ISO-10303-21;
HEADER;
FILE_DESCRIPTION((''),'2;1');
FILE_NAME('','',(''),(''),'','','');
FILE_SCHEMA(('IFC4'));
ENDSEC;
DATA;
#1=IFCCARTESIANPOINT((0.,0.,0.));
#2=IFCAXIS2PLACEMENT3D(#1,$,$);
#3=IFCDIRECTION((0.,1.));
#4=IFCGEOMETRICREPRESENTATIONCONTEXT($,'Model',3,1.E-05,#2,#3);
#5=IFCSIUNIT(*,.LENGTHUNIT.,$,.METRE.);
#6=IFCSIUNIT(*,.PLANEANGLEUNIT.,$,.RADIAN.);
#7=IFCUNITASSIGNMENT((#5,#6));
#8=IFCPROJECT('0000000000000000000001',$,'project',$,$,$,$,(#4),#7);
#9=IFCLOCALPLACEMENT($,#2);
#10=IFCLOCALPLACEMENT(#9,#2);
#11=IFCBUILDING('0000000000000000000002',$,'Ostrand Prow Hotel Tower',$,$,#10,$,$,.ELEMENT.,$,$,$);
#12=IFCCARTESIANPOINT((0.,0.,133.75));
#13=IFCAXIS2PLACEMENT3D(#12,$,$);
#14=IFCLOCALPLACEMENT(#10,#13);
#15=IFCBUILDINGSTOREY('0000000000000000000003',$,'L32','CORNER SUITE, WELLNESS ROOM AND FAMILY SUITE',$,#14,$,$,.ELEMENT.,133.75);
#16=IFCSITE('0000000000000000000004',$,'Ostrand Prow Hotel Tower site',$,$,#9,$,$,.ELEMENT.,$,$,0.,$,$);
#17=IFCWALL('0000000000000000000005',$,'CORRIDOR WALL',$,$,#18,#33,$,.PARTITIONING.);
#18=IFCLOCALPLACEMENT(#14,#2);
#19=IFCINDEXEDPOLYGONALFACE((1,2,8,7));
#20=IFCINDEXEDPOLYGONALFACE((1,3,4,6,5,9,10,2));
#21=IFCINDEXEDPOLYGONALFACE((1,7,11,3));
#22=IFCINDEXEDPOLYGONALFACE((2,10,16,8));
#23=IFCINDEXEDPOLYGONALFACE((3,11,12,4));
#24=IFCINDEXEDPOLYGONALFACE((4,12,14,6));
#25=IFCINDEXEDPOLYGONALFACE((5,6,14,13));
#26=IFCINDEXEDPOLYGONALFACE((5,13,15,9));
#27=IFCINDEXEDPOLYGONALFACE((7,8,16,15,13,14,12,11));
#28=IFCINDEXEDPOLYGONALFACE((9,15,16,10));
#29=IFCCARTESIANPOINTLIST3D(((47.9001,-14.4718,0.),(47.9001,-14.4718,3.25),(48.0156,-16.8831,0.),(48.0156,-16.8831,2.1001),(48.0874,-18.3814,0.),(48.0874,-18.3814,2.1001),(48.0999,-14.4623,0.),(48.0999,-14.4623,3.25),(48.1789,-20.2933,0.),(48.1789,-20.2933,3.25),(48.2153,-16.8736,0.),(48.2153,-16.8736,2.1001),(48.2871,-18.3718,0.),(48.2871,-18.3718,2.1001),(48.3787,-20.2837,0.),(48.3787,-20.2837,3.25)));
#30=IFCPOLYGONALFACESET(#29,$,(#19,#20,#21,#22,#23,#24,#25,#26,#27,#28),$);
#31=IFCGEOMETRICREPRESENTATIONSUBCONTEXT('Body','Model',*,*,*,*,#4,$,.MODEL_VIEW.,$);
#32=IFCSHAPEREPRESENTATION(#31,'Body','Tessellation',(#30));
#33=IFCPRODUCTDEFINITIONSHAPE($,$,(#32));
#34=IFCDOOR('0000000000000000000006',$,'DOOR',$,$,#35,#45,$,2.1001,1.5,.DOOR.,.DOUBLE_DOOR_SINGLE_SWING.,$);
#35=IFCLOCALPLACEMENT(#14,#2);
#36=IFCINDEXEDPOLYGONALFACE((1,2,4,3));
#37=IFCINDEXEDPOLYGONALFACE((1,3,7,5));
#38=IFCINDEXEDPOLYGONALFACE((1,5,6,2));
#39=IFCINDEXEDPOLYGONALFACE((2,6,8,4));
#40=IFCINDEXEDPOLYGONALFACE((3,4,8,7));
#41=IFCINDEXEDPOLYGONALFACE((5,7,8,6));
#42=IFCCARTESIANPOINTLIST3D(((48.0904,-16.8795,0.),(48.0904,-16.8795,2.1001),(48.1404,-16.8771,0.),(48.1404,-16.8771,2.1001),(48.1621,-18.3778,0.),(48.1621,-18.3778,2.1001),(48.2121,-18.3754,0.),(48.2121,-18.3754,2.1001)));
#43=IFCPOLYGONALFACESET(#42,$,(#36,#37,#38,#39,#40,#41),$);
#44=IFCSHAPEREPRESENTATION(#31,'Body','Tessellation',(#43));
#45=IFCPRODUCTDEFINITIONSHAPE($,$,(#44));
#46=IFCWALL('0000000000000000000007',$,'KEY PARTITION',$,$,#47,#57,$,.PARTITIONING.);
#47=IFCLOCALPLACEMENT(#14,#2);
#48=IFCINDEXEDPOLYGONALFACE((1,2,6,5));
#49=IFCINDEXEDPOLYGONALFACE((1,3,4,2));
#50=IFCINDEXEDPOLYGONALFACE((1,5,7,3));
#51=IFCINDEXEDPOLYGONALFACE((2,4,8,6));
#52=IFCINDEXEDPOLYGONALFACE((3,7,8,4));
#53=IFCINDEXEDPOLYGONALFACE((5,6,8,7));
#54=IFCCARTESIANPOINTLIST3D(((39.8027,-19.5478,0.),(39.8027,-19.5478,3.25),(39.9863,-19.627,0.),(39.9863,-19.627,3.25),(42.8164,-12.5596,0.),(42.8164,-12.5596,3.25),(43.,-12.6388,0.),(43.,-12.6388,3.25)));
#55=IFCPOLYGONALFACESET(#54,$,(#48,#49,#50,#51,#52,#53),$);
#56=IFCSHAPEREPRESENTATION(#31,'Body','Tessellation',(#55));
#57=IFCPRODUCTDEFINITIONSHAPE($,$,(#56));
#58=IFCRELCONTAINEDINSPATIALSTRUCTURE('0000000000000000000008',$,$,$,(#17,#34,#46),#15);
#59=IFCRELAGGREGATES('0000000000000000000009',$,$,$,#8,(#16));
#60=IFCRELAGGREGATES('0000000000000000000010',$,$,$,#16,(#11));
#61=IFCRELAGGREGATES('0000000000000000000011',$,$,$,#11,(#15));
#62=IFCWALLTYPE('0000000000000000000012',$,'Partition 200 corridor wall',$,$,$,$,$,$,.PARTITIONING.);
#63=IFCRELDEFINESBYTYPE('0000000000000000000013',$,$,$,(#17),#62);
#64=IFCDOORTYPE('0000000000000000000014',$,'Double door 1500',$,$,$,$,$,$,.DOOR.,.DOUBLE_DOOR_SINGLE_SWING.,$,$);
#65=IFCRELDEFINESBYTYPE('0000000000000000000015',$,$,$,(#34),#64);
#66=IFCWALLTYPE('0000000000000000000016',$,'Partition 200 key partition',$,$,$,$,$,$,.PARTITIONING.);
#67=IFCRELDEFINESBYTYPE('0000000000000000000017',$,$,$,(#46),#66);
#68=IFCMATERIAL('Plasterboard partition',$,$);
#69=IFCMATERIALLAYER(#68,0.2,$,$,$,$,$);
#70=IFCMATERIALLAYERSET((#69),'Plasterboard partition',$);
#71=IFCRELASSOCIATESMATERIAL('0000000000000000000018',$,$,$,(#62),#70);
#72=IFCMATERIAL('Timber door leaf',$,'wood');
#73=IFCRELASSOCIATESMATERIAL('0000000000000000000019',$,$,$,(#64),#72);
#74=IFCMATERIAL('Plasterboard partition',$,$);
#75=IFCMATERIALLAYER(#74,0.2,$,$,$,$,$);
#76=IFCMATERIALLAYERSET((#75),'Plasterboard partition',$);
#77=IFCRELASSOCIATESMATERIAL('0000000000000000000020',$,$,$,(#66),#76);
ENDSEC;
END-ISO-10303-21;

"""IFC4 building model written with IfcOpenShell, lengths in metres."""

from ifc_helpers import new_model, si_unit, direction, frame, frame_2d, origin, place, context, subcontext, project, spatial, rectangle, extrude, material, layer, layer_set, type_object, element, fill, save


model = new_model("IFC4")

# Units and contexts
model_context = context("Model", 3, precision=1e-05, world=origin(), true_north=direction((0.0, 1.0)))
body_context = subcontext(model_context, "Body", "Model", "MODEL_VIEW")
ifc_project = project(units=[si_unit("LENGTHUNIT", "METRE"), si_unit("PLANEANGLEUNIT", "RADIAN")], contexts=[model_context])

# Site, building, storey
site_placement = place(None, origin())
site = spatial("IfcSite", under=ifc_project, at=site_placement, Name="Ostrand Prow Hotel Tower site", CompositionType="ELEMENT", RefElevation=0.0)
building_placement = place(site_placement, origin())
building = spatial("IfcBuilding", under=site, at=building_placement, Name="Ostrand Prow Hotel Tower", CompositionType="ELEMENT")
storey_placement = place(building_placement, frame((0.0, 0.0, 133.75)))
storey = spatial("IfcBuildingStorey", under=building, at=storey_placement, Name="L32", Description="CORNER SUITE, WELLNESS ROOM AND FAMILY SUITE", CompositionType="ELEMENT", Elevation=133.75)

# Shared definitions
ifc_material_1 = material(Name="Plasterboard partition")
ifc_layer_1 = layer(ifc_material_1, 0.2)
ifc_layer_set_1 = layer_set([ifc_layer_1], Name="Plasterboard partition")
wall_type_1 = type_object("IfcWallType", Name="Partition 200 corridor wall", PredefinedType="PARTITIONING", material=ifc_layer_set_1)

# Wall, opening, door
wall_1_placement = place(storey_placement, frame((48.0, -14.467, 0.0), z_axis=(0.0, 0.0, 1.0), x_axis=(0.047838, -0.998855, 0.0)))
wall_1 = element("IfcWall", 1, at=wall_1_placement, inside=storey, type_object=wall_type_1, Name="CORRIDOR WALL", PredefinedType="PARTITIONING", context=body_context, shape_type="SweptSolid", body=[
    extrude(rectangle(XDim=5.8281, YDim=0.2, at=frame_2d((2.9141, 0.0))), origin(), (0.0, 0.0, 1.0), 3.25),
])
opening_1_placement = place(wall_1_placement, frame((2.4141, 0.0, 0.0)))
opening_1 = element("IfcOpeningElement", 2, at=opening_1_placement, cuts=wall_1, PredefinedType="OPENING", context=body_context, shape_type="SweptSolid", body=[
    extrude(rectangle(XDim=1.5, YDim=2.1001, at=frame_2d((0.75, 1.05))), frame((0.0, 0.1099, 0.0), z_axis=(0.0, -1.0, 0.0), x_axis=(1.0, 0.0, 0.0)), (0.0, 0.0, 1.0), 0.22),
])
ifc_material_2 = material(Name="Timber door leaf", Category="wood")
door_type_1 = type_object("IfcDoorType", Name="Double door 1500", OperationType="DOUBLE_DOOR_SINGLE_SWING", PredefinedType="DOOR", material=ifc_material_2)
door_1_placement = place(opening_1_placement, origin())
door_1 = element("IfcDoor", 3, at=door_1_placement, inside=storey, type_object=door_type_1, Name="DOOR", OperationType="DOUBLE_DOOR_SINGLE_SWING", OverallHeight=2.1001, OverallWidth=1.5, PredefinedType="DOOR", context=body_context, shape_type="SweptSolid", body=[
    extrude(rectangle(XDim=1.5, YDim=2.1001, at=frame_2d((0.75, 1.05))), frame((0.0, 0.0249, 0.0), z_axis=(0.0, -1.0, 0.0), x_axis=(1.0, 0.0, 0.0)), (0.0, 0.0, 1.0), 0.05),
])
fill(opening_1, door_1)

# Wall
ifc_material_3 = material(Name="Plasterboard partition")
ifc_layer_2 = layer(ifc_material_3, 0.2)
ifc_layer_set_2 = layer_set([ifc_layer_2], Name="Plasterboard partition")
wall_type_2 = type_object("IfcWallType", Name="Partition 200 key partition", PredefinedType="PARTITIONING", material=ifc_layer_set_2)
wall_2_placement = place(storey_placement, frame((39.8945, -19.5874, 0.0), z_axis=(0.0, 0.0, 1.0), x_axis=(0.395994, 0.918253, 0.0)))
element("IfcWall", 4, at=wall_2_placement, inside=storey, type_object=wall_type_2, Name="KEY PARTITION", PredefinedType="PARTITIONING", context=body_context, shape_type="SweptSolid", body=[
    extrude(rectangle(XDim=7.6104, YDim=0.2, at=frame_2d((3.8052, 0.0))), origin(), (0.0, 0.0, 1.0), 3.25),
])

save(model, "model.ifc")
